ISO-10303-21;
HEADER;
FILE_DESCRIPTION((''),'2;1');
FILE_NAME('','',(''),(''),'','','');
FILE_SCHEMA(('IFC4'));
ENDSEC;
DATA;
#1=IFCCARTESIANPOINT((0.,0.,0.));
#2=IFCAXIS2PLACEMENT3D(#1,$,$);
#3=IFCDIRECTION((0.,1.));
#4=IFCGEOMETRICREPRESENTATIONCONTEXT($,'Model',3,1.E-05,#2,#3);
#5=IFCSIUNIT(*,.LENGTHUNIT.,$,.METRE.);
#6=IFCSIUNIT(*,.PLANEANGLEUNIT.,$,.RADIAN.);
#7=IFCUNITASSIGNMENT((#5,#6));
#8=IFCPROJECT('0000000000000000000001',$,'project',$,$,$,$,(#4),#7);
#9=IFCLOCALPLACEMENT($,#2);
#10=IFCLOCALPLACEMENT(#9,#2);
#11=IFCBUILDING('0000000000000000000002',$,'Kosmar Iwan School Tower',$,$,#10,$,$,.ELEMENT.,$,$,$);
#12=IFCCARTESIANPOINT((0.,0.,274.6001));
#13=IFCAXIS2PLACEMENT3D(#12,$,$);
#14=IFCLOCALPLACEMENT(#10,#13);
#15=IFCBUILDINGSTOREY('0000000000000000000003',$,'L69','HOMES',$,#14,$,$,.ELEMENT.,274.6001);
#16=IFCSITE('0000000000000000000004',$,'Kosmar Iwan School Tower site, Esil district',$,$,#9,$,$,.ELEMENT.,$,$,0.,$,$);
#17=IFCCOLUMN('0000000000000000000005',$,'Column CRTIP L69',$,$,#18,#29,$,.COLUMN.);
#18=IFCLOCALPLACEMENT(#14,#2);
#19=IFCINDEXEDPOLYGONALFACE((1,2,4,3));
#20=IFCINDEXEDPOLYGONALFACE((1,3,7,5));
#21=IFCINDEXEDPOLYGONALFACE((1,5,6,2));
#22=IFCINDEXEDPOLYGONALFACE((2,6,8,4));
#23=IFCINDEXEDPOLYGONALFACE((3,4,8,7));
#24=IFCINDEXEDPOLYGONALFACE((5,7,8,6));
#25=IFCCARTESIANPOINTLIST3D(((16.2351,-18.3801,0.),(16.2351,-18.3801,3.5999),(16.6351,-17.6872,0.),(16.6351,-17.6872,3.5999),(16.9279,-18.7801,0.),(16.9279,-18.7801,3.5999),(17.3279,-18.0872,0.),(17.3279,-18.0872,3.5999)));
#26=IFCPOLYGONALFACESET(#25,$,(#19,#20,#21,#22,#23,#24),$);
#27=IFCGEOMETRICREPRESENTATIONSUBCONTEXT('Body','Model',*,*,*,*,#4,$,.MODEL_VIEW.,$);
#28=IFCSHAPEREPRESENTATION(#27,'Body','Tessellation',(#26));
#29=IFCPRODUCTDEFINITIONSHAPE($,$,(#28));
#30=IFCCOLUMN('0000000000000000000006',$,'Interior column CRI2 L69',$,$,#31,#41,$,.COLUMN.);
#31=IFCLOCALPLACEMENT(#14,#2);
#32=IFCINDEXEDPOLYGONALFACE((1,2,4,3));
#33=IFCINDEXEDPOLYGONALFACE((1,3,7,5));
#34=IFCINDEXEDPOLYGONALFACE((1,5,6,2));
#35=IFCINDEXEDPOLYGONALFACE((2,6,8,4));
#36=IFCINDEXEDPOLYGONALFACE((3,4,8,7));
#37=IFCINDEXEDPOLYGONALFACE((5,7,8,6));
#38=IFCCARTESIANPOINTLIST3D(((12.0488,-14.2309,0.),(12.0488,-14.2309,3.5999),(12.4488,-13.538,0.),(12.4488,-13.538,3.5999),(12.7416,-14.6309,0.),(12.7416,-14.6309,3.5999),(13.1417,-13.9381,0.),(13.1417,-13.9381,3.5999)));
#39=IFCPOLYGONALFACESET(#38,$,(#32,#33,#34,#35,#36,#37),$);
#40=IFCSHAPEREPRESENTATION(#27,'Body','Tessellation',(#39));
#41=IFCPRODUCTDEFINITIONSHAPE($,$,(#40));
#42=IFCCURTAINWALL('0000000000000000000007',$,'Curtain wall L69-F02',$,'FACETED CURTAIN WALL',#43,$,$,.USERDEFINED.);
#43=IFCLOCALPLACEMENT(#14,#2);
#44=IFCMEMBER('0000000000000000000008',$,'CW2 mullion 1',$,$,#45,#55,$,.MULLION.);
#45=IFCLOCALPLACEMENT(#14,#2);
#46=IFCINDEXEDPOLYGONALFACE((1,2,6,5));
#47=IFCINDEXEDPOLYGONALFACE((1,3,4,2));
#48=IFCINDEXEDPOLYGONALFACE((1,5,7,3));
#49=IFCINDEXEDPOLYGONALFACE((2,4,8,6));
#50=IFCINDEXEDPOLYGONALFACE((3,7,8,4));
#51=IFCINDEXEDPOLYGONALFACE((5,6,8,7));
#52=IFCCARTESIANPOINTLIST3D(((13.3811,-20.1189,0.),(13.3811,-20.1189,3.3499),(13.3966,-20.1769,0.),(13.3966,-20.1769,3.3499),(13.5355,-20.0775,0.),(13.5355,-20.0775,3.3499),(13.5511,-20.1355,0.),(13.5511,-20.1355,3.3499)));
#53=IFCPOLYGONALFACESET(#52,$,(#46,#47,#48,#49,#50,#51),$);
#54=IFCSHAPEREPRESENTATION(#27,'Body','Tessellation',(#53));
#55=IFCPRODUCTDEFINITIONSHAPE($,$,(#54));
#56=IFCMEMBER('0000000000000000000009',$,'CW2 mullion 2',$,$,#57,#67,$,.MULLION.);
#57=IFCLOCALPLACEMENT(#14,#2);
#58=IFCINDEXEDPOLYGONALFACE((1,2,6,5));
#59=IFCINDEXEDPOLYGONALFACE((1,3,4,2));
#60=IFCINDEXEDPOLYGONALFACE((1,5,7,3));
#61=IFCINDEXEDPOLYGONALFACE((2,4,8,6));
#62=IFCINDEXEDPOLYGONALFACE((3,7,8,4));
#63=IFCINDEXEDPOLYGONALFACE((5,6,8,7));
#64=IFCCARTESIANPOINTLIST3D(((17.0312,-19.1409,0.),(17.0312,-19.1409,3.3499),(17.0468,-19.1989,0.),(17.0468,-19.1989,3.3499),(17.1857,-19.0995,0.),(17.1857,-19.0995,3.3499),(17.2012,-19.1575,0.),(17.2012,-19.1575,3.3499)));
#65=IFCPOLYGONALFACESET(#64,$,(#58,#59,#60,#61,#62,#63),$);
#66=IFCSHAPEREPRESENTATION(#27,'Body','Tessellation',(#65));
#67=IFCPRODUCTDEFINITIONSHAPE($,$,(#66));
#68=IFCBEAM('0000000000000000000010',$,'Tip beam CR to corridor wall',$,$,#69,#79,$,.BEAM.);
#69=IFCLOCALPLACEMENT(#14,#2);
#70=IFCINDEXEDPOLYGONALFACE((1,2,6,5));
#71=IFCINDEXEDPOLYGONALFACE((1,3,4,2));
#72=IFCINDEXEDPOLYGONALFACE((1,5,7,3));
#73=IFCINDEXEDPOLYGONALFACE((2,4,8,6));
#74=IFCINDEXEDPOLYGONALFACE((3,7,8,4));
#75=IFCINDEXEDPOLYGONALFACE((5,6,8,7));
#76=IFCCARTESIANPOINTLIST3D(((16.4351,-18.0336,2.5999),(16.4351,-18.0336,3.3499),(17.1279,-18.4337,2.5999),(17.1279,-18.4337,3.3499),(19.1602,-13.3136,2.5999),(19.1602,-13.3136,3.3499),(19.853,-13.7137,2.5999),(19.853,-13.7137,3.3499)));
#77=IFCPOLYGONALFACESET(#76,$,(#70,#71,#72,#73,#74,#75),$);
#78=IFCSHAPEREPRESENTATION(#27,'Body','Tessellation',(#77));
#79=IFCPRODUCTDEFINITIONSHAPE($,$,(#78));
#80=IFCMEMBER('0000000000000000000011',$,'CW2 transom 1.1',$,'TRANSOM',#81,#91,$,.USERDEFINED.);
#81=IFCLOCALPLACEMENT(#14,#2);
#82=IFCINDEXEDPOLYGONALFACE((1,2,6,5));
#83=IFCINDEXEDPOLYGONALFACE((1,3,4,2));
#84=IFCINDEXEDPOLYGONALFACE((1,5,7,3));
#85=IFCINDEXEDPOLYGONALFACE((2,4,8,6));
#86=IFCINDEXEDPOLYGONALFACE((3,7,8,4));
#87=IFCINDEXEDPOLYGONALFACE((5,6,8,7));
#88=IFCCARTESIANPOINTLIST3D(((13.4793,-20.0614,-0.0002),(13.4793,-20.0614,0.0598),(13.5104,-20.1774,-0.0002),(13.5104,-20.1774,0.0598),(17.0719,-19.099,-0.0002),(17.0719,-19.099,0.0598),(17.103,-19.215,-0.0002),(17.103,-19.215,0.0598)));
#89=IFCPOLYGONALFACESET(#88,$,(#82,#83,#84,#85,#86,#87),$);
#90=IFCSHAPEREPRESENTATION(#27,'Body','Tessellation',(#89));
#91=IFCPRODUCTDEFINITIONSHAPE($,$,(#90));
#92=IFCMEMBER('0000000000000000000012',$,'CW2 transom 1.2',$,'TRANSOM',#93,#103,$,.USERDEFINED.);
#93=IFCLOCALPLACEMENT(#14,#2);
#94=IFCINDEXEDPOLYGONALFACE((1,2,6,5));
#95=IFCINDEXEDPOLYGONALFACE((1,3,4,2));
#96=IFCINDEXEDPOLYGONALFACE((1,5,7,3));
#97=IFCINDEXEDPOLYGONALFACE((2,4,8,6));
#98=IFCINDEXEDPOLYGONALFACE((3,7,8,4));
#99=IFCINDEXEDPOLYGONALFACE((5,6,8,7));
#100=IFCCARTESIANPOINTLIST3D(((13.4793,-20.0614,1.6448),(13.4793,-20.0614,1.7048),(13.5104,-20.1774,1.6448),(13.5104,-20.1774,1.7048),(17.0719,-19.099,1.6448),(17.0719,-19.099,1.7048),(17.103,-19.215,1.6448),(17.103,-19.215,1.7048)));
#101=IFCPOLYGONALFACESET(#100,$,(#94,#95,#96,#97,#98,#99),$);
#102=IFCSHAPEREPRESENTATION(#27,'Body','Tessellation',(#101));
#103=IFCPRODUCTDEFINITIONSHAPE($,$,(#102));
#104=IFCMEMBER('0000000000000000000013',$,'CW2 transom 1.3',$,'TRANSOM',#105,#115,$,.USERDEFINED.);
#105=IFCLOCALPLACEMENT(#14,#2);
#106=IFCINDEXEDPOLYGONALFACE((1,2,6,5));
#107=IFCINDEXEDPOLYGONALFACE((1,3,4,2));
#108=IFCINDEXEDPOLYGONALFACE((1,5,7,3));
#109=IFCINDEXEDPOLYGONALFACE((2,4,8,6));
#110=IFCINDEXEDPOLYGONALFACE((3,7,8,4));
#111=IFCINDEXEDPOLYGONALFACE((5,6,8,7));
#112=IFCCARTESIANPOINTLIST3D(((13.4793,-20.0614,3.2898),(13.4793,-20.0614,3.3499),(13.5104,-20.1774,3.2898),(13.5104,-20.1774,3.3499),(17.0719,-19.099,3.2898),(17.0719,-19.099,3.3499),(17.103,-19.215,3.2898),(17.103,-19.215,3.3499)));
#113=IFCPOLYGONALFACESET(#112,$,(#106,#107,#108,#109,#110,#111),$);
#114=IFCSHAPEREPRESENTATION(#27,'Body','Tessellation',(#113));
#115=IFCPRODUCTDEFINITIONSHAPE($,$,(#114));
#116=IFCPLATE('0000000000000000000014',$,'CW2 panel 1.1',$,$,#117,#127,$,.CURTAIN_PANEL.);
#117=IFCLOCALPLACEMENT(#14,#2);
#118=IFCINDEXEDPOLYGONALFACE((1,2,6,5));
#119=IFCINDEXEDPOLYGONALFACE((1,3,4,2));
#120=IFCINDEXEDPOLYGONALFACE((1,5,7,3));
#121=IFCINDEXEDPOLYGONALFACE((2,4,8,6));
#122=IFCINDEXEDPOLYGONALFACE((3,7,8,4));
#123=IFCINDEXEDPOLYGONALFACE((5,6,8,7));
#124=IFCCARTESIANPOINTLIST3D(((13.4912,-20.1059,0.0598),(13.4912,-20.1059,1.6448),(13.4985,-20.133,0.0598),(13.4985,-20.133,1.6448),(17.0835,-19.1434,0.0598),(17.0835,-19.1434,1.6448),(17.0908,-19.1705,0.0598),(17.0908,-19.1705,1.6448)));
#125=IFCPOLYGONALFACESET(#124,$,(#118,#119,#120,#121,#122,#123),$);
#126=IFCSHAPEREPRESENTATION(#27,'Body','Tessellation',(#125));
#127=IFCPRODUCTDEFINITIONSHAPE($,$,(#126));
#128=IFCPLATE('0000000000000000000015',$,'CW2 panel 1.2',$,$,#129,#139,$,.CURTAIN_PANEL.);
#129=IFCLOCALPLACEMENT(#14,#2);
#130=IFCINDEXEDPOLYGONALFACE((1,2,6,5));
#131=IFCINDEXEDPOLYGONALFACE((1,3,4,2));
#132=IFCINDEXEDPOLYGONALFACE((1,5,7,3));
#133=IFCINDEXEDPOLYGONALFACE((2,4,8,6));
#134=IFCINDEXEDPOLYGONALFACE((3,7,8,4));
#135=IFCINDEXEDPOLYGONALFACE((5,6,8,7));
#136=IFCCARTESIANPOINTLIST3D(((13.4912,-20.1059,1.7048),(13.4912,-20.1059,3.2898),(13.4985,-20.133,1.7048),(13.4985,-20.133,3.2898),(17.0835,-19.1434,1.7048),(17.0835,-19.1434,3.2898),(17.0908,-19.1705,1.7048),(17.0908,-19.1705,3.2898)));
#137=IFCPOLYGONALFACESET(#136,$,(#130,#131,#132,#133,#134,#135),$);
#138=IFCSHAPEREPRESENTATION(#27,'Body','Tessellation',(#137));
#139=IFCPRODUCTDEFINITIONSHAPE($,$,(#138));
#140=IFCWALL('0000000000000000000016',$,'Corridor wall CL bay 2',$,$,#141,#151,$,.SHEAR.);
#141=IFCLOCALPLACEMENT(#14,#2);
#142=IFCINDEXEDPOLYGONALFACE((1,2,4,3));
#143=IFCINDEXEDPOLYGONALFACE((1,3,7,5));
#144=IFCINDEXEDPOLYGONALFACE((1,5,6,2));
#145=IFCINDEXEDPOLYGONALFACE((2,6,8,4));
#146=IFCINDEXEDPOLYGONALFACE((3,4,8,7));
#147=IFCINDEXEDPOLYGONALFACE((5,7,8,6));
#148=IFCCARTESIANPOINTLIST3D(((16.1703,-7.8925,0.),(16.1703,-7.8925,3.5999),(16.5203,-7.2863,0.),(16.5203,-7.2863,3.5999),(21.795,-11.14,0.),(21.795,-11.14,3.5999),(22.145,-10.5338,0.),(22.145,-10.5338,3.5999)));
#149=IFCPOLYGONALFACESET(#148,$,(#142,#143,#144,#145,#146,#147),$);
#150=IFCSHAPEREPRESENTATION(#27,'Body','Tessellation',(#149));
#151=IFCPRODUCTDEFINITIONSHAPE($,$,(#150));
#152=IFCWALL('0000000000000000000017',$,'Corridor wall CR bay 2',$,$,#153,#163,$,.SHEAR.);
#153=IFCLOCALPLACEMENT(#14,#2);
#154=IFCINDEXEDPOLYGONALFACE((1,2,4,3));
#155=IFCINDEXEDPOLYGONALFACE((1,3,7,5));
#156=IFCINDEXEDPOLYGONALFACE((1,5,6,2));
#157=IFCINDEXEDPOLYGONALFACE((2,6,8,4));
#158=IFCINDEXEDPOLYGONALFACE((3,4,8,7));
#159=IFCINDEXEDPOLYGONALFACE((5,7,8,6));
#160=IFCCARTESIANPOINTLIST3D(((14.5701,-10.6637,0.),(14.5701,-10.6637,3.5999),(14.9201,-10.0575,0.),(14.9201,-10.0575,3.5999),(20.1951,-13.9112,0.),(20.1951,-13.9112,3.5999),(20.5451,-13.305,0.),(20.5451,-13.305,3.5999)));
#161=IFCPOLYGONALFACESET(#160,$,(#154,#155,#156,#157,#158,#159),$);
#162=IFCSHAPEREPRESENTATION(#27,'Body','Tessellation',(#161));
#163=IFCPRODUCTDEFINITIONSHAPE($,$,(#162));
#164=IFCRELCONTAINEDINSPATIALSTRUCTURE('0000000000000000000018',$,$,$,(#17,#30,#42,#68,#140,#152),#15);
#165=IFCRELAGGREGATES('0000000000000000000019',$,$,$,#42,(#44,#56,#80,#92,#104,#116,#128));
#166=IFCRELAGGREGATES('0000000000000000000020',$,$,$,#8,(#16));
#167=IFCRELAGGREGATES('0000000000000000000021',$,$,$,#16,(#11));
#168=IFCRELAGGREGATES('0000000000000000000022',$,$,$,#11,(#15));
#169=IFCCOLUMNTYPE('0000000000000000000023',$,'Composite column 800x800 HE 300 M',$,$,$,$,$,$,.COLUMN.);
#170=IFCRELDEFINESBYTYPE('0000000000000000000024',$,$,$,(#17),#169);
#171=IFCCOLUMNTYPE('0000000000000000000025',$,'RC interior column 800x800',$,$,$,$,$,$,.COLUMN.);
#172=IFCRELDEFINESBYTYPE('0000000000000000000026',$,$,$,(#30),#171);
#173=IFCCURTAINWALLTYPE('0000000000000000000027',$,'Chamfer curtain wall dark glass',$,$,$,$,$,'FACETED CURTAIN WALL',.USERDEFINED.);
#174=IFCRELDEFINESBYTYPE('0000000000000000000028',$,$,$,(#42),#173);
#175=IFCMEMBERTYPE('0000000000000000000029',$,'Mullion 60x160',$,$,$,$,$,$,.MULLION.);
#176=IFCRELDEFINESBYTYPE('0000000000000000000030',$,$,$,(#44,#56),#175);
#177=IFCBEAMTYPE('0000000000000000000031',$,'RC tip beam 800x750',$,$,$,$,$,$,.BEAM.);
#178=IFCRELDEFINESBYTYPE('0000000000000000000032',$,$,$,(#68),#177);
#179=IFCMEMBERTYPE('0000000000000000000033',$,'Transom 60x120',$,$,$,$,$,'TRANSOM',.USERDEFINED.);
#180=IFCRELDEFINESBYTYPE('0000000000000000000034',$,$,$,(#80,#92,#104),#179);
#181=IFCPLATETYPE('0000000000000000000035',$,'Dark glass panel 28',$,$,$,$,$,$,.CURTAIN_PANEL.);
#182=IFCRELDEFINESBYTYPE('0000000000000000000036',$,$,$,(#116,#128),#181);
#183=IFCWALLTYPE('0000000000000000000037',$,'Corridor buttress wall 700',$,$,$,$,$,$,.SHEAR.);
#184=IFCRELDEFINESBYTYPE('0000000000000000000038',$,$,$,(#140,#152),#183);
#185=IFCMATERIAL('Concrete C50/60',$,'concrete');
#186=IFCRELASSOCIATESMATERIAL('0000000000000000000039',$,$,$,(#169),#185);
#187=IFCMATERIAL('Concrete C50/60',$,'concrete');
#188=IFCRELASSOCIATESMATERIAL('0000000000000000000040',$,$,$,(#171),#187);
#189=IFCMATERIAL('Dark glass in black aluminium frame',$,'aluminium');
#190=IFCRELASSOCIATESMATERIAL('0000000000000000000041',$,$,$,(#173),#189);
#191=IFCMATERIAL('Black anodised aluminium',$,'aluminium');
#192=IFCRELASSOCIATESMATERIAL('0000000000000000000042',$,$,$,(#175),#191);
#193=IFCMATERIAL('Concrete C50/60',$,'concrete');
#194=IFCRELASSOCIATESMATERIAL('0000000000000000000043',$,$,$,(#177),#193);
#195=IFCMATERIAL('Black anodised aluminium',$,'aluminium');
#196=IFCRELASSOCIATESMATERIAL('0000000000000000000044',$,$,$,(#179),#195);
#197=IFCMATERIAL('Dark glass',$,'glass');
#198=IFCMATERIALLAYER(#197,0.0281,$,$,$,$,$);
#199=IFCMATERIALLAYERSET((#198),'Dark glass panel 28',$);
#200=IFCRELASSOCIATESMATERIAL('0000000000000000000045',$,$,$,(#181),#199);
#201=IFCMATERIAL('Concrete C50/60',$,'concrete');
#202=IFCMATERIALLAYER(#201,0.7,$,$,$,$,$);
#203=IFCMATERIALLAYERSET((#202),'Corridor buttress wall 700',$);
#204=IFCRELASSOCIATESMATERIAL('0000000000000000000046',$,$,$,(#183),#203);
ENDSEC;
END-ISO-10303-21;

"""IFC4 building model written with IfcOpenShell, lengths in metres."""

from ifc_helpers import new_model, si_unit, direction, frame, frame_2d, origin, origin_2d, place, context, subcontext, project, spatial, rectangle, extrude, material, layer, layer_set, material_profile, profile_set, type_object, element, aggregate, save


model = new_model("IFC4")

# Units and contexts
model_context = context("Model", 3, precision=1e-05, world=origin(), true_north=direction((0.0, 1.0)))
body_context = subcontext(model_context, "Body", "Model", "MODEL_VIEW")
ifc_project = project(units=[si_unit("LENGTHUNIT", "METRE"), si_unit("PLANEANGLEUNIT", "RADIAN")], contexts=[model_context])

# Site, building, storey
site_placement = place(None, origin())
site = spatial("IfcSite", under=ifc_project, at=site_placement, Name="Kosmar Iwan School Tower site, Esil district", CompositionType="ELEMENT", RefElevation=0.0)
building_placement = place(site_placement, origin())
building = spatial("IfcBuilding", under=site, at=building_placement, Name="Kosmar Iwan School Tower", CompositionType="ELEMENT")
storey_placement = place(building_placement, frame((0.0, 0.0, 274.6001)))
storey = spatial("IfcBuildingStorey", under=building, at=storey_placement, Name="L69", Description="HOMES", CompositionType="ELEMENT", Elevation=274.6001)

# Columns
ifc_material_1 = material(Name="Concrete C50/60", Category="concrete")
ifc_material_profile_1 = material_profile(ifc_material_1, rectangle(XDim=0.8, YDim=0.8, at=origin_2d()), Name="RC 800x800 + HE 300 M")
ifc_profile_set_1 = profile_set([ifc_material_profile_1], Name="Concrete C50/60")
column_type_1 = type_object("IfcColumnType", Name="Composite column 800x800 HE 300 M", PredefinedType="COLUMN", material=ifc_profile_set_1)
column_1_placement = place(storey_placement, frame((16.7815, -18.2336, 0.0), z_axis=(0.0, 0.0, 1.0), x_axis=(0.866025, -0.5, 0.0)))
element("IfcColumn", 1, at=column_1_placement, inside=storey, type_object=column_type_1, Name="Column CRTIP L69", PredefinedType="COLUMN", context=body_context, shape_type="SweptSolid", body=[
    extrude(rectangle(XDim=0.8, YDim=0.8, at=origin_2d()), origin(), (0.0, 0.0, 1.0), 3.5999),
])
ifc_material_2 = material(Name="Concrete C50/60", Category="concrete")
ifc_material_profile_2 = material_profile(ifc_material_2, rectangle(XDim=0.8, YDim=0.8, at=origin_2d()), Name="RC 800x800")
ifc_profile_set_2 = profile_set([ifc_material_profile_2], Name="Concrete C50/60")
column_type_2 = type_object("IfcColumnType", Name="RC interior column 800x800", PredefinedType="COLUMN", material=ifc_profile_set_2)
column_2_placement = place(storey_placement, frame((12.5952, -14.0845, 0.0), z_axis=(0.0, 0.0, 1.0), x_axis=(0.866025, -0.5, 0.0)))
element("IfcColumn", 2, at=column_2_placement, inside=storey, type_object=column_type_2, Name="Interior column CRI2 L69", PredefinedType="COLUMN", context=body_context, shape_type="SweptSolid", body=[
    extrude(rectangle(XDim=0.8, YDim=0.8, at=origin_2d()), origin(), (0.0, 0.0, 1.0), 3.5999),
])

# Curtain wall, members
ifc_material_3 = material(Name="Dark glass in black aluminium frame", Category="aluminium")
curtain_wall_type = type_object("IfcCurtainWallType", Name="Chamfer curtain wall dark glass", ElementType="FACETED CURTAIN WALL", PredefinedType="USERDEFINED", material=ifc_material_3)
curtain_wall_placement = place(storey_placement, origin())
curtain_wall = element("IfcCurtainWall", 3, at=curtain_wall_placement, inside=storey, type_object=curtain_wall_type, Name="Curtain wall L69-F02", ObjectType="FACETED CURTAIN WALL", PredefinedType="USERDEFINED")
ifc_material_4 = material(Name="Black anodised aluminium", Category="aluminium")
ifc_material_profile_3 = material_profile(ifc_material_4, rectangle(XDim=0.0601, YDim=0.1599, at=origin_2d()), Name="MULLION 60x160")
ifc_profile_set_3 = profile_set([ifc_material_profile_3], Name="Black anodised aluminium")
member_type_1 = type_object("IfcMemberType", Name="Mullion 60x160", PredefinedType="MULLION", material=ifc_profile_set_3)
member_1_placement = place(storey_placement, frame((13.4661, -20.1272, 0.0), z_axis=(0.0, 0.0, 1.0), x_axis=(-0.258819, 0.965926, 0.0)))
member_1 = element("IfcMember", 4, at=member_1_placement, type_object=member_type_1, Name="CW2 mullion 1", PredefinedType="MULLION", context=body_context, shape_type="SweptSolid", body=[
    extrude(rectangle(XDim=0.0601, YDim=0.1599, at=origin_2d()), origin(), (0.0, 0.0, 1.0), 3.3499),
])
member_2_placement = place(storey_placement, frame((17.1162, -19.1492, 0.0), z_axis=(0.0, 0.0, 1.0), x_axis=(-0.258819, 0.965926, 0.0)))
member_2 = element("IfcMember", 5, at=member_2_placement, type_object=member_type_1, Name="CW2 mullion 2", PredefinedType="MULLION", context=body_context, shape_type="SweptSolid", body=[
    extrude(rectangle(XDim=0.0601, YDim=0.1599, at=origin_2d()), origin(), (0.0, 0.0, 1.0), 3.3499),
])

# Beam
ifc_material_5 = material(Name="Concrete C50/60", Category="concrete")
ifc_material_profile_4 = material_profile(ifc_material_5, rectangle(XDim=0.8, YDim=0.75, at=origin_2d()), Name="RC 800x750")
ifc_profile_set_4 = profile_set([ifc_material_profile_4], Name="Concrete C50/60")
beam_type = type_object("IfcBeamType", Name="RC tip beam 800x750", PredefinedType="BEAM", material=ifc_profile_set_4)
beam_placement = place(storey_placement, frame((16.7815, -18.2336, 2.9749), z_axis=(0.500003, 0.866024, 0.0), x_axis=(-0.866024, 0.500003, 0.0)))
element("IfcBeam", 6, at=beam_placement, inside=storey, type_object=beam_type, Name="Tip beam CR to corridor wall", PredefinedType="BEAM", context=body_context, shape_type="SweptSolid", body=[
    extrude(rectangle(XDim=0.8, YDim=0.75, at=origin_2d()), origin(), (0.0, 0.0, 1.0), 5.4502),
])

# Members
ifc_material_6 = material(Name="Black anodised aluminium", Category="aluminium")
ifc_material_profile_5 = material_profile(ifc_material_6, rectangle(XDim=0.1201, YDim=0.0601, at=origin_2d()), Name="TRANSOM 60x120")
ifc_profile_set_5 = profile_set([ifc_material_profile_5], Name="Black anodised aluminium")
member_type_2 = type_object("IfcMemberType", Name="Transom 60x120", ElementType="TRANSOM", PredefinedType="USERDEFINED", material=ifc_profile_set_5)
member_3_placement = place(storey_placement, frame((13.4949, -20.1194, 0.0298), z_axis=(0.96594, 0.258766, 0.0), x_axis=(-0.258766, 0.96594, 0.0)))
member_3 = element("IfcMember", 7, at=member_3_placement, type_object=member_type_2, Name="CW2 transom 1.1", ObjectType="TRANSOM", PredefinedType="USERDEFINED", context=body_context, shape_type="SweptSolid", body=[
    extrude(rectangle(XDim=0.1201, YDim=0.0601, at=origin_2d()), origin(), (0.0, 0.0, 1.0), 3.7192),
])
member_4_placement = place(storey_placement, frame((13.4949, -20.1194, 1.6748), z_axis=(0.96594, 0.258766, 0.0), x_axis=(-0.258766, 0.96594, 0.0)))
member_4 = element("IfcMember", 8, at=member_4_placement, type_object=member_type_2, Name="CW2 transom 1.2", ObjectType="TRANSOM", PredefinedType="USERDEFINED", context=body_context, shape_type="SweptSolid", body=[
    extrude(rectangle(XDim=0.1201, YDim=0.0601, at=origin_2d()), origin(), (0.0, 0.0, 1.0), 3.7192),
])
member_5_placement = place(storey_placement, frame((13.4949, -20.1194, 3.3198), z_axis=(0.96594, 0.258766, 0.0), x_axis=(-0.258766, 0.96594, 0.0)))
member_5 = element("IfcMember", 9, at=member_5_placement, type_object=member_type_2, Name="CW2 transom 1.3", ObjectType="TRANSOM", PredefinedType="USERDEFINED", context=body_context, shape_type="SweptSolid", body=[
    extrude(rectangle(XDim=0.1201, YDim=0.0601, at=origin_2d()), origin(), (0.0, 0.0, 1.0), 3.7192),
])

# Plates
ifc_material_7 = material(Name="Dark glass", Category="glass")
ifc_layer_1 = layer(ifc_material_7, 0.0281)
ifc_layer_set_1 = layer_set([ifc_layer_1], Name="Dark glass panel 28")
plate_type = type_object("IfcPlateType", Name="Dark glass panel 28", PredefinedType="CURTAIN_PANEL", material=ifc_layer_set_1)
plate_1_placement = place(storey_placement, frame((15.291, -19.6382, 0.0598), z_axis=(0.0, 0.0, 1.0), x_axis=(0.965926, 0.258819, 0.0)))
plate_1 = element("IfcPlate", 10, at=plate_1_placement, type_object=plate_type, Name="CW2 panel 1.1", PredefinedType="CURTAIN_PANEL", context=body_context, shape_type="SweptSolid", body=[
    extrude(rectangle(XDim=3.719, YDim=0.0281, at=origin_2d()), origin(), (0.0, 0.0, 1.0), 1.585),
])
plate_2_placement = place(storey_placement, frame((15.291, -19.6382, 1.7048), z_axis=(0.0, 0.0, 1.0), x_axis=(0.965926, 0.258819, 0.0)))
plate_2 = element("IfcPlate", 11, at=plate_2_placement, type_object=plate_type, Name="CW2 panel 1.2", PredefinedType="CURTAIN_PANEL", context=body_context, shape_type="SweptSolid", body=[
    extrude(rectangle(XDim=3.719, YDim=0.0281, at=origin_2d()), origin(), (0.0, 0.0, 1.0), 1.585),
])
aggregate(curtain_wall, [member_1, member_2, member_3, member_4, member_5, plate_1, plate_2])

# Walls
ifc_material_8 = material(Name="Concrete C50/60", Category="concrete")
ifc_layer_2 = layer(ifc_material_8, 0.7)
ifc_layer_set_2 = layer_set([ifc_layer_2], Name="Corridor buttress wall 700")
wall_type_1 = type_object("IfcWallType", Name="Corridor buttress wall 700", PredefinedType="SHEAR", material=ifc_layer_set_2)
wall_1_placement = place(storey_placement, frame((16.3452, -7.5894, 0.0), z_axis=(0.0, 0.0, 1.0), x_axis=(0.866018, -0.500012, 0.0)))
element("IfcWall", 12, at=wall_1_placement, inside=storey, type_object=wall_type_1, Name="Corridor wall CL bay 2", PredefinedType="SHEAR", context=body_context, shape_type="SweptSolid", body=[
    extrude(rectangle(XDim=6.4949, YDim=0.7, at=frame_2d((3.2476, 0.0))), origin(), (0.0, 0.0, 1.0), 3.5999),
])
wall_2_placement = place(storey_placement, frame((14.7451, -10.3606, 0.0), z_axis=(0.0, 0.0, 1.0), x_axis=(0.866028, -0.499996, 0.0)))
element("IfcWall", 13, at=wall_2_placement, inside=storey, type_object=wall_type_1, Name="Corridor wall CR bay 2", PredefinedType="SHEAR", context=body_context, shape_type="SweptSolid", body=[
    extrude(rectangle(XDim=6.4951, YDim=0.7, at=frame_2d((3.2476, 0.0))), origin(), (0.0, 0.0, 1.0), 3.5999),
])

save(model, "model.ifc")
